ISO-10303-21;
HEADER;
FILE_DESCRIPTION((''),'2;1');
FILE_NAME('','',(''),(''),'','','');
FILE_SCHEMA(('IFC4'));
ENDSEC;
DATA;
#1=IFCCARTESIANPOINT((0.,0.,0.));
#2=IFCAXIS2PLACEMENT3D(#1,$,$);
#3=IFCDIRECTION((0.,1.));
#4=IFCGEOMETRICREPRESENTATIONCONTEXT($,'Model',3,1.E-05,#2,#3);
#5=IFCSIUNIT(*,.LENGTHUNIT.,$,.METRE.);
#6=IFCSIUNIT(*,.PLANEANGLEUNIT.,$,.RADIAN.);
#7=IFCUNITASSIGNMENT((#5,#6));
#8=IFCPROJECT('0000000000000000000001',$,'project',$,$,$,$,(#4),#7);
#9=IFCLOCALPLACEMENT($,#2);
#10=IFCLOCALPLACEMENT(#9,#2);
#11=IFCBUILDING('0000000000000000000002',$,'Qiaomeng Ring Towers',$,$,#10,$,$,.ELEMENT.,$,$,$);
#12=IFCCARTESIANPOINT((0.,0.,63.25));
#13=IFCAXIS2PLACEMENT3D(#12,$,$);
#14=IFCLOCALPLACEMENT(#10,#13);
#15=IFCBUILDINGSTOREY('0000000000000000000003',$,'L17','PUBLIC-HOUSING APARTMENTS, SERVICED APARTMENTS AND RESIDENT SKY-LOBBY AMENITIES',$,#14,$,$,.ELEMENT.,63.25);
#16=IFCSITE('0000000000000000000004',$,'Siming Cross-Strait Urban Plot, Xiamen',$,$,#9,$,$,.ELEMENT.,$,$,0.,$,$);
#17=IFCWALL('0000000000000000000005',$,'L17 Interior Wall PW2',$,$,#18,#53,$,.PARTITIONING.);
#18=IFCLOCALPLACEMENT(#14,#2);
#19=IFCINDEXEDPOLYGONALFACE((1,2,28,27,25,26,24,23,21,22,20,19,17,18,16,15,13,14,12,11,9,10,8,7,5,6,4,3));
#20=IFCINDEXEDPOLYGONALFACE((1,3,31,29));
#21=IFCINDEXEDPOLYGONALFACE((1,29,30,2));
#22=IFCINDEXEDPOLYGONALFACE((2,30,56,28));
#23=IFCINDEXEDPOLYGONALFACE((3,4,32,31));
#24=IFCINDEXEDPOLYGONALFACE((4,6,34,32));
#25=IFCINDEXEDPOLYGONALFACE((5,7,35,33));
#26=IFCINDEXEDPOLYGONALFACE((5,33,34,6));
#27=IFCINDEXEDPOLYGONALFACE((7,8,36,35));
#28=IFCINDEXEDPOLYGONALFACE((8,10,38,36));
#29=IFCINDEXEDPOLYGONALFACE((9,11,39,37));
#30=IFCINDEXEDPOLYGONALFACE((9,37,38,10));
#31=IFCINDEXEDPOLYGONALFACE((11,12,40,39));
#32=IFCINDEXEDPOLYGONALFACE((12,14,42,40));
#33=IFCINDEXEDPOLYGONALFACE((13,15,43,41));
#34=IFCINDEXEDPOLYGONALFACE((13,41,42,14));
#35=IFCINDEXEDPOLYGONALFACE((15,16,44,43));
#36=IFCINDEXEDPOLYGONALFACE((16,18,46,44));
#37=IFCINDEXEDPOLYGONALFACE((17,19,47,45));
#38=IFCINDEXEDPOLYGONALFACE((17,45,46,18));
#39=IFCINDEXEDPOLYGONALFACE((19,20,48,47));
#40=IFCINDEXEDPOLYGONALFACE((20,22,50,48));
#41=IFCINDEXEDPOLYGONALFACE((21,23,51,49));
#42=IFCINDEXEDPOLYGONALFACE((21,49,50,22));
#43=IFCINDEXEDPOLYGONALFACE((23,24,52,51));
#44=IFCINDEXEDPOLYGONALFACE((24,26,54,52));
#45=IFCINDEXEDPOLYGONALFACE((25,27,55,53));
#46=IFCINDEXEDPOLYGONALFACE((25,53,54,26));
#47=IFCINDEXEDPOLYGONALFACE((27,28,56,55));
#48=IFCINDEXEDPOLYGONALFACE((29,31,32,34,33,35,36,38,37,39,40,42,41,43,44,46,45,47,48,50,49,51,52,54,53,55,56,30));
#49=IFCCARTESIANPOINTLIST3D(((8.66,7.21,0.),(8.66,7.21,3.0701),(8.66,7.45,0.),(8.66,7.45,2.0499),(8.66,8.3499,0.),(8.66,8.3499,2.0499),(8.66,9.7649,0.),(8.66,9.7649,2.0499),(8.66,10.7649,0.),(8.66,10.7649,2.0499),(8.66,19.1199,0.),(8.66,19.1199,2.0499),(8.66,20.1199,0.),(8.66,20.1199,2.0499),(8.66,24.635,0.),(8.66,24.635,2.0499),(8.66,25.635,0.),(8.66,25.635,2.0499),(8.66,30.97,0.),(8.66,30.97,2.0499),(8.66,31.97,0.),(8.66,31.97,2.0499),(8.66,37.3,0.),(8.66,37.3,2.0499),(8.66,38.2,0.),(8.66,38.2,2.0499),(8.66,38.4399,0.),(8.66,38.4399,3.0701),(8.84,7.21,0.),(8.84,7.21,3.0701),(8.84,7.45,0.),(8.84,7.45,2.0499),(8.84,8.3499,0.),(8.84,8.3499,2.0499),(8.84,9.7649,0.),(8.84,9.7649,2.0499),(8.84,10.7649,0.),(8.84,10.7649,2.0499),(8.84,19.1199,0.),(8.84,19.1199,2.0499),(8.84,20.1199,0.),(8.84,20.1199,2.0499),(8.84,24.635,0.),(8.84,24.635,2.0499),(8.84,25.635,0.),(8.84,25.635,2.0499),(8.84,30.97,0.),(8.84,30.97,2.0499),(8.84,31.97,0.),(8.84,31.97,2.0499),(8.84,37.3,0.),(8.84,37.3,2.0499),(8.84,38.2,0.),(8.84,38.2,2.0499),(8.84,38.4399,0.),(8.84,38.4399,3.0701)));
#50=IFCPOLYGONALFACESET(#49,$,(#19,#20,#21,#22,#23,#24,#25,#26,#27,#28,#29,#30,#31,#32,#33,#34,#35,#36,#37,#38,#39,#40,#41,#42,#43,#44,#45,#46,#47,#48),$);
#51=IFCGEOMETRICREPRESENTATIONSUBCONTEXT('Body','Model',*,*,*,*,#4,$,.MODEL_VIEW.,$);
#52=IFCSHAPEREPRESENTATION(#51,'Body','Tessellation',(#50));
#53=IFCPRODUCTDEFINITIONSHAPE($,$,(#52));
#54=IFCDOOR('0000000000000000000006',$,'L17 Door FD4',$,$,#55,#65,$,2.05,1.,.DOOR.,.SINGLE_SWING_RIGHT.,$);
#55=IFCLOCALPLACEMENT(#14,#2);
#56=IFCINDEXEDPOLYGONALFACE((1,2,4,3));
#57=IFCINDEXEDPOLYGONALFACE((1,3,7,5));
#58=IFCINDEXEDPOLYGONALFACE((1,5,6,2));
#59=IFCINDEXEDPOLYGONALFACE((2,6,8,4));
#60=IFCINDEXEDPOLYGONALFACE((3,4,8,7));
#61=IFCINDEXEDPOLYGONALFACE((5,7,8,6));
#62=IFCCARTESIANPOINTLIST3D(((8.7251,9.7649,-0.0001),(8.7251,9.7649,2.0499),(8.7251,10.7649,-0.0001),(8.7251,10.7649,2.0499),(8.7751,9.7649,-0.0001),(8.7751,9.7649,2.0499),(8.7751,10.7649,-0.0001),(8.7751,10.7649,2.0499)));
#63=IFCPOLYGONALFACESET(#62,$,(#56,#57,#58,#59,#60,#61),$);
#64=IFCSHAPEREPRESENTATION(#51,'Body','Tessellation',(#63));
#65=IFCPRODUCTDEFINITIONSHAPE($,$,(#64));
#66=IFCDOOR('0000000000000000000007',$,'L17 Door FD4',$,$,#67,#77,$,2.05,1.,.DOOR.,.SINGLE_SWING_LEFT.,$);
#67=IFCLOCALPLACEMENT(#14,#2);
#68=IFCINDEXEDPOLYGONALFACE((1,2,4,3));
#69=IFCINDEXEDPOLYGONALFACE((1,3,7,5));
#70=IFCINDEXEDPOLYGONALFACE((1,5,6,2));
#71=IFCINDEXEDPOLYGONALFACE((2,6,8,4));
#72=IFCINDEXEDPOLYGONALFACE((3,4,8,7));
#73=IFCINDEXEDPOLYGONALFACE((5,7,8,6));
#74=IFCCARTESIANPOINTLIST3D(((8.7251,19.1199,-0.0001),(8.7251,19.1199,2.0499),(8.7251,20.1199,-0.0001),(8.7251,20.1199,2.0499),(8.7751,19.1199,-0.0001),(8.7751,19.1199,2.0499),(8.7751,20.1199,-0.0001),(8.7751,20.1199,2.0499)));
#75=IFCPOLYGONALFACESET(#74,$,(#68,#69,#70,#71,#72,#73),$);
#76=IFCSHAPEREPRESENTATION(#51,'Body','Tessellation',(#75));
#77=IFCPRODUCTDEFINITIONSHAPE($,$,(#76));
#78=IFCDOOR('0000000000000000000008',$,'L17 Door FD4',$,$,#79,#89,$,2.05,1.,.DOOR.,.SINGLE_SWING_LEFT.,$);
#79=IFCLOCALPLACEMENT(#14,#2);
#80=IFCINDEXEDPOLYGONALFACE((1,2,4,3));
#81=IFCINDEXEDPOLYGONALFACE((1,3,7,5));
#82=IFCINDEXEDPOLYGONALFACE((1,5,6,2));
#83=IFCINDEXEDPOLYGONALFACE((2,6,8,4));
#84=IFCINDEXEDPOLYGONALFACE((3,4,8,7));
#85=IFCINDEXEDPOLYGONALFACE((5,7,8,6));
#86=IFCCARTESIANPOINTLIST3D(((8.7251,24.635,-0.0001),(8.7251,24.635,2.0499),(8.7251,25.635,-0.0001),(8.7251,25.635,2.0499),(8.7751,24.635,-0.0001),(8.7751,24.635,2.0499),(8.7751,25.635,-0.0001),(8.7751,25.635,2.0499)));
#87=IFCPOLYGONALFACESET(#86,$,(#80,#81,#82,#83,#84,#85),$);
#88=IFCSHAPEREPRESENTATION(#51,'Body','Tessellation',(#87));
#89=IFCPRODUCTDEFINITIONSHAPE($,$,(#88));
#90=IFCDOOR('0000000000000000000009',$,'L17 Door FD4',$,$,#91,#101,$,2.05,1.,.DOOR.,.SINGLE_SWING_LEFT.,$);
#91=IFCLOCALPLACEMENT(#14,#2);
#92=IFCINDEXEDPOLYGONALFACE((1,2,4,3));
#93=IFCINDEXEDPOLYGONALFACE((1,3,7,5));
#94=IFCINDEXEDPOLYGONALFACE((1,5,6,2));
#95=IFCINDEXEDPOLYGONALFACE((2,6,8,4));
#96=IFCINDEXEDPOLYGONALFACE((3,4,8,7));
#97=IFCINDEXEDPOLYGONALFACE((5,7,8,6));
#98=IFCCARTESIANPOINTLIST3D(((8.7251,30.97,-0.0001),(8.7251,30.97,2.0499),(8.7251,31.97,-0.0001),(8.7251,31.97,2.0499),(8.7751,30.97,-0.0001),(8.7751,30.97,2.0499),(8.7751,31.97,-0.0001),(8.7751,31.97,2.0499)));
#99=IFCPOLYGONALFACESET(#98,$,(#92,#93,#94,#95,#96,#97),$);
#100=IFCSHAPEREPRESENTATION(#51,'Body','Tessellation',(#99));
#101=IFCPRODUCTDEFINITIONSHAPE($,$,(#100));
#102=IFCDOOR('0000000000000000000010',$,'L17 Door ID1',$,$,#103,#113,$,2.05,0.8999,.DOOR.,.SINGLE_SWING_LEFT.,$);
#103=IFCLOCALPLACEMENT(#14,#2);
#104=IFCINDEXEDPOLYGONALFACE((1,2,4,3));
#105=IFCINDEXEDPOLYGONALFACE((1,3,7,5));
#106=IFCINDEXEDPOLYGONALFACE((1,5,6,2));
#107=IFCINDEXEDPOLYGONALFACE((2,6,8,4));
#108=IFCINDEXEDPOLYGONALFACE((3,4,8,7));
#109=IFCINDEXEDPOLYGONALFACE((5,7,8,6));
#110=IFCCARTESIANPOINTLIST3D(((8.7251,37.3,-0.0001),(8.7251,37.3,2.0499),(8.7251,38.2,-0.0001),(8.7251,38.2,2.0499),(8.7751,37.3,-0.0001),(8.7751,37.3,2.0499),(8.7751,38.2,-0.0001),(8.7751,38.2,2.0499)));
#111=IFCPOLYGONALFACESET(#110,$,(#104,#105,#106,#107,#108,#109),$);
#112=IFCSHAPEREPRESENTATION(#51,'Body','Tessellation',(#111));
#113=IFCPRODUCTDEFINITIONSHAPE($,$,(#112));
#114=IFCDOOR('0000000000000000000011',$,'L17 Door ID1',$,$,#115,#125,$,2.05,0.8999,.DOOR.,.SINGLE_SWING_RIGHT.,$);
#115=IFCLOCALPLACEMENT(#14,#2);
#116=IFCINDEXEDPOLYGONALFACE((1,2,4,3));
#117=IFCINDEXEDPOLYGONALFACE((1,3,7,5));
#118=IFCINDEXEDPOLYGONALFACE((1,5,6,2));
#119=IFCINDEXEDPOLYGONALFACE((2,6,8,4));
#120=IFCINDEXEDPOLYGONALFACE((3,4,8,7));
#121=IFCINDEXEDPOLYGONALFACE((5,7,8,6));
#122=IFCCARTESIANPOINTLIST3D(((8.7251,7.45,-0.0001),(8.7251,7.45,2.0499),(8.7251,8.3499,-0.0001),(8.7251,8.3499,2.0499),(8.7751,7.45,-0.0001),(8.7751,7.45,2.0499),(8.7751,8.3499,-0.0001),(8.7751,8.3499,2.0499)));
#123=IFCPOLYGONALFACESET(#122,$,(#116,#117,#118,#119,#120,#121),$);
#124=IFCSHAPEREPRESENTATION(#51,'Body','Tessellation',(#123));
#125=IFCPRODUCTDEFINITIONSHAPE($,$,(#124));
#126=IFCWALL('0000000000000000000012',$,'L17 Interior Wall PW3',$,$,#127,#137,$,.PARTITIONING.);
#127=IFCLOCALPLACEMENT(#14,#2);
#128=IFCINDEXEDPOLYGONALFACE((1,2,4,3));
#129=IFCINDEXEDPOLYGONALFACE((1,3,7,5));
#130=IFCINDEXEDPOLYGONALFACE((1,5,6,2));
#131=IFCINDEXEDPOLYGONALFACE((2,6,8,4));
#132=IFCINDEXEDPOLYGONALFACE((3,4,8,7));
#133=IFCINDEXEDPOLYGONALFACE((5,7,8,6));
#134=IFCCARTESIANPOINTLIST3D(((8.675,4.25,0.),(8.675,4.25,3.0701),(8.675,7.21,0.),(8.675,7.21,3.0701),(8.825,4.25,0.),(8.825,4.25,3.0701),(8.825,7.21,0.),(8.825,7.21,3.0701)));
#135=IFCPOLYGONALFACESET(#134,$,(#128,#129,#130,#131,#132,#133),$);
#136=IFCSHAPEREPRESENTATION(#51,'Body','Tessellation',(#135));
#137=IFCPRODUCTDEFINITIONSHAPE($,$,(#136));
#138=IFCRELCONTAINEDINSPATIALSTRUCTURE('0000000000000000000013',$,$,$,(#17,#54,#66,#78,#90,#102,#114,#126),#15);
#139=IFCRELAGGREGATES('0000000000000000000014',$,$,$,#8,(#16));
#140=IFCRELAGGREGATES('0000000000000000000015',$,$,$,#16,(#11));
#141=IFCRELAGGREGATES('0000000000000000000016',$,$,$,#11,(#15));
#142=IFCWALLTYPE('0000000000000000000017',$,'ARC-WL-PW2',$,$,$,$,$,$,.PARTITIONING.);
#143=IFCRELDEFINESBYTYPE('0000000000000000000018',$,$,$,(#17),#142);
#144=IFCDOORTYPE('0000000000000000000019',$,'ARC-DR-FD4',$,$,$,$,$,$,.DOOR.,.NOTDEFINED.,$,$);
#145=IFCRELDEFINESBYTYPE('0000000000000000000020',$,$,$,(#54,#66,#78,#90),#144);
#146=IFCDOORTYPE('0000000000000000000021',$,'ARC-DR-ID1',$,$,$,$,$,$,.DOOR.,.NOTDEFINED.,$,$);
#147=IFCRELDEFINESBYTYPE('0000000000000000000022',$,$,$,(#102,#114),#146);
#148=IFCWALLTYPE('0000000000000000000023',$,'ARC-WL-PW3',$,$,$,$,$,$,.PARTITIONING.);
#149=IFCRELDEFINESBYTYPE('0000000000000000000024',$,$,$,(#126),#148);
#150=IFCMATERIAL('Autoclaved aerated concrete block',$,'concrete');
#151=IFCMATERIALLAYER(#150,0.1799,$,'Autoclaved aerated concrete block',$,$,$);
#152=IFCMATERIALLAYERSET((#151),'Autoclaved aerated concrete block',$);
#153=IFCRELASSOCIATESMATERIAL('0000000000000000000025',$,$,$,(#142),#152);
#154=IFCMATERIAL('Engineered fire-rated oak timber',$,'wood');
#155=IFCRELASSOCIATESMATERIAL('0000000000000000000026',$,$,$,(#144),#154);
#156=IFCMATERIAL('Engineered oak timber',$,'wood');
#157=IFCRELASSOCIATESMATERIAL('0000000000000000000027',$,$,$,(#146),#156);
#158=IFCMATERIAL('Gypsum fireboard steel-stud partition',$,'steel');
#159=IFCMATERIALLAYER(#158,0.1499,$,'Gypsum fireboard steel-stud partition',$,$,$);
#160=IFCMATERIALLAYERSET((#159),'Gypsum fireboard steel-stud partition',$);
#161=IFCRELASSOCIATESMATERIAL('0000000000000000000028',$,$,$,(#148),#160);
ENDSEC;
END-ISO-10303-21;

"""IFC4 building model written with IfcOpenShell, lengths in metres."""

from ifc_helpers import new_model, si_unit, direction, frame, frame_2d, origin, place, context, subcontext, project, spatial, rectangle, extrude, source, transform, mapped, material, layer, layer_set, type_object, element, fill, save


model = new_model("IFC4")

# Units and contexts
model_context = context("Model", 3, precision=1e-05, world=origin(), true_north=direction((0.0, 1.0)))
body_context = subcontext(model_context, "Body", "Model", "MODEL_VIEW")
ifc_project = project(units=[si_unit("LENGTHUNIT", "METRE"), si_unit("PLANEANGLEUNIT", "RADIAN")], contexts=[model_context])

# Site, building, storey
site_placement = place(None, origin())
site = spatial("IfcSite", under=ifc_project, at=site_placement, Name="Siming Cross-Strait Urban Plot, Xiamen", CompositionType="ELEMENT", RefElevation=0.0)
building_placement = place(site_placement, origin())
building = spatial("IfcBuilding", under=site, at=building_placement, Name="Qiaomeng Ring Towers", CompositionType="ELEMENT")
storey_placement = place(building_placement, frame((0.0, 0.0, 63.25)))
storey = spatial("IfcBuildingStorey", under=building, at=storey_placement, Name="L17", Description="PUBLIC-HOUSING APARTMENTS, SERVICED APARTMENTS AND RESIDENT SKY-LOBBY AMENITIES", CompositionType="ELEMENT", Elevation=63.25)

# Wall, openings, doors
ifc_material_1 = material(Name="Autoclaved aerated concrete block", Category="concrete")
ifc_layer_1 = layer(ifc_material_1, 0.1799, Name="Autoclaved aerated concrete block")
ifc_layer_set_1 = layer_set([ifc_layer_1], Name="Autoclaved aerated concrete block")
wall_type_1 = type_object("IfcWallType", Name="ARC-WL-PW2", PredefinedType="PARTITIONING", material=ifc_layer_set_1)
ifc_material_2 = material(Name="Engineered fire-rated oak timber", Category="wood")
door_type_1 = type_object("IfcDoorType", Name="ARC-DR-FD4", OperationType="NOTDEFINED", PredefinedType="DOOR", material=ifc_material_2)
shared_shape_1 = source(origin(), body_context, "Body", "SweptSolid", [
    extrude(rectangle(XDim=1.0, YDim=2.05, at=frame_2d((0.5, 1.0249))), frame((0.0, 0.0249, 0.0), z_axis=(0.0, -1.0, 0.0), x_axis=(1.0, 0.0, 0.0)), (0.0, 0.0, 1.0), 0.05),
])
wall_1_placement = place(storey_placement, frame((8.75, 7.21, 0.0), z_axis=(0.0, 0.0, 1.0), x_axis=(0.0, 1.0, 0.0)))
wall_1 = element("IfcWall", 1, at=wall_1_placement, inside=storey, type_object=wall_type_1, Name="L17 Interior Wall PW2", PredefinedType="PARTITIONING", context=body_context, shape_type="SweptSolid", body=[
    extrude(rectangle(XDim=31.23, YDim=0.1799, at=frame_2d((15.615, 0.0))), origin(), (0.0, 0.0, 1.0), 3.0701),
])
opening_1_placement = place(wall_1_placement, frame((30.0901, 0.0, 0.0)))
opening_1 = element("IfcOpeningElement", 2, at=opening_1_placement, cuts=wall_1, PredefinedType="OPENING", context=body_context, shape_type="SweptSolid", body=[
    extrude(rectangle(XDim=0.8999, YDim=2.05, at=frame_2d((0.45, 1.0249))), frame((0.0, 0.0999, 0.0), z_axis=(0.0, -1.0, 0.0), x_axis=(1.0, 0.0, 0.0)), (0.0, 0.0, 1.0), 0.2),
])
opening_2_placement = place(wall_1_placement, frame((0.24, 0.0, 0.0)))
opening_2 = element("IfcOpeningElement", 3, at=opening_2_placement, cuts=wall_1, PredefinedType="OPENING", context=body_context, shape_type="SweptSolid", body=[
    extrude(rectangle(XDim=0.8999, YDim=2.05, at=frame_2d((0.45, 1.0249))), frame((0.0, 0.0999, 0.0), z_axis=(0.0, -1.0, 0.0), x_axis=(1.0, 0.0, 0.0)), (0.0, 0.0, 1.0), 0.2),
])
opening_3_placement = place(wall_1_placement, frame((2.5549, 0.0, 0.0)))
opening_3 = element("IfcOpeningElement", 4, at=opening_3_placement, cuts=wall_1, PredefinedType="OPENING", context=body_context, shape_type="SweptSolid", body=[
    extrude(rectangle(XDim=1.0, YDim=2.05, at=frame_2d((0.5, 1.0249))), frame((0.0, 0.0999, 0.0), z_axis=(0.0, -1.0, 0.0), x_axis=(1.0, 0.0, 0.0)), (0.0, 0.0, 1.0), 0.2),
])
opening_4_placement = place(wall_1_placement, frame((11.9099, 0.0, 0.0)))
opening_4 = element("IfcOpeningElement", 5, at=opening_4_placement, cuts=wall_1, PredefinedType="OPENING", context=body_context, shape_type="SweptSolid", body=[
    extrude(rectangle(XDim=1.0, YDim=2.05, at=frame_2d((0.5, 1.0249))), frame((0.0, 0.0999, 0.0), z_axis=(0.0, -1.0, 0.0), x_axis=(1.0, 0.0, 0.0)), (0.0, 0.0, 1.0), 0.2),
])
opening_5_placement = place(wall_1_placement, frame((17.425, 0.0, 0.0)))
opening_5 = element("IfcOpeningElement", 6, at=opening_5_placement, cuts=wall_1, PredefinedType="OPENING", context=body_context, shape_type="SweptSolid", body=[
    extrude(rectangle(XDim=1.0, YDim=2.05, at=frame_2d((0.5, 1.0249))), frame((0.0, 0.0999, 0.0), z_axis=(0.0, -1.0, 0.0), x_axis=(1.0, 0.0, 0.0)), (0.0, 0.0, 1.0), 0.2),
])
opening_6_placement = place(wall_1_placement, frame((23.76, 0.0, 0.0)))
opening_6 = element("IfcOpeningElement", 7, at=opening_6_placement, cuts=wall_1, PredefinedType="OPENING", context=body_context, shape_type="SweptSolid", body=[
    extrude(rectangle(XDim=1.0, YDim=2.05, at=frame_2d((0.5, 1.0249))), frame((0.0, 0.0999, 0.0), z_axis=(0.0, -1.0, 0.0), x_axis=(1.0, 0.0, 0.0)), (0.0, 0.0, 1.0), 0.2),
])
door_1_placement = place(opening_3_placement, origin())
door_1 = element("IfcDoor", 8, at=door_1_placement, inside=storey, type_object=door_type_1, Name="L17 Door FD4", OperationType="SINGLE_SWING_RIGHT", OverallHeight=2.05, OverallWidth=1.0, PredefinedType="DOOR", context=body_context, shape_type="MappedRepresentation", body=[
    mapped(shared_shape_1, transform((0.0, 0.0, 0.0), x_axis=(1.0, 0.0, 0.0), y_axis=(0.0, 1.0, 0.0), z_axis=(0.0, 0.0, 1.0), scale=1.0)),
])
fill(opening_3, door_1)
door_2_placement = place(opening_4_placement, origin())
door_2 = element("IfcDoor", 9, at=door_2_placement, inside=storey, type_object=door_type_1, Name="L17 Door FD4", OperationType="SINGLE_SWING_LEFT", OverallHeight=2.05, OverallWidth=1.0, PredefinedType="DOOR", context=body_context, shape_type="MappedRepresentation", body=[
    mapped(shared_shape_1, transform((0.0, 0.0, 0.0), x_axis=(1.0, 0.0, 0.0), y_axis=(0.0, 1.0, 0.0), z_axis=(0.0, 0.0, 1.0), scale=1.0)),
])
fill(opening_4, door_2)
door_3_placement = place(opening_5_placement, origin())
door_3 = element("IfcDoor", 10, at=door_3_placement, inside=storey, type_object=door_type_1, Name="L17 Door FD4", OperationType="SINGLE_SWING_LEFT", OverallHeight=2.05, OverallWidth=1.0, PredefinedType="DOOR", context=body_context, shape_type="MappedRepresentation", body=[
    mapped(shared_shape_1, transform((0.0, 0.0, 0.0), x_axis=(1.0, 0.0, 0.0), y_axis=(0.0, 1.0, 0.0), z_axis=(0.0, 0.0, 1.0), scale=1.0)),
])
fill(opening_5, door_3)
door_4_placement = place(opening_6_placement, origin())
door_4 = element("IfcDoor", 11, at=door_4_placement, inside=storey, type_object=door_type_1, Name="L17 Door FD4", OperationType="SINGLE_SWING_LEFT", OverallHeight=2.05, OverallWidth=1.0, PredefinedType="DOOR", context=body_context, shape_type="MappedRepresentation", body=[
    mapped(shared_shape_1, transform((0.0, 0.0, 0.0), x_axis=(1.0, 0.0, 0.0), y_axis=(0.0, 1.0, 0.0), z_axis=(0.0, 0.0, 1.0), scale=1.0)),
])
fill(opening_6, door_4)
ifc_material_3 = material(Name="Engineered oak timber", Category="wood")
door_type_2 = type_object("IfcDoorType", Name="ARC-DR-ID1", OperationType="NOTDEFINED", PredefinedType="DOOR", material=ifc_material_3)
shared_shape_2 = source(origin(), body_context, "Body", "SweptSolid", [
    extrude(rectangle(XDim=0.8999, YDim=2.05, at=frame_2d((0.45, 1.0249))), frame((0.0, 0.0249, 0.0), z_axis=(0.0, -1.0, 0.0), x_axis=(1.0, 0.0, 0.0)), (0.0, 0.0, 1.0), 0.05),
])
door_5_placement = place(opening_1_placement, origin())
door_5 = element("IfcDoor", 12, at=door_5_placement, inside=storey, type_object=door_type_2, Name="L17 Door ID1", OperationType="SINGLE_SWING_LEFT", OverallHeight=2.05, OverallWidth=0.8999, PredefinedType="DOOR", context=body_context, shape_type="MappedRepresentation", body=[
    mapped(shared_shape_2, transform((0.0, 0.0, 0.0), x_axis=(1.0, 0.0, 0.0), y_axis=(0.0, 1.0, 0.0), z_axis=(0.0, 0.0, 1.0), scale=1.0)),
])
fill(opening_1, door_5)
door_6_placement = place(opening_2_placement, origin())
door_6 = element("IfcDoor", 13, at=door_6_placement, inside=storey, type_object=door_type_2, Name="L17 Door ID1", OperationType="SINGLE_SWING_RIGHT", OverallHeight=2.05, OverallWidth=0.8999, PredefinedType="DOOR", context=body_context, shape_type="MappedRepresentation", body=[
    mapped(shared_shape_2, transform((0.0, 0.0, 0.0), x_axis=(1.0, 0.0, 0.0), y_axis=(0.0, 1.0, 0.0), z_axis=(0.0, 0.0, 1.0), scale=1.0)),
])
fill(opening_2, door_6)

# Wall
ifc_material_4 = material(Name="Gypsum fireboard steel-stud partition", Category="steel")
ifc_layer_2 = layer(ifc_material_4, 0.1499, Name="Gypsum fireboard steel-stud partition")
ifc_layer_set_2 = layer_set([ifc_layer_2], Name="Gypsum fireboard steel-stud partition")
wall_type_2 = type_object("IfcWallType", Name="ARC-WL-PW3", PredefinedType="PARTITIONING", material=ifc_layer_set_2)
wall_2_placement = place(storey_placement, frame((8.75, 4.25, 0.0), z_axis=(0.0, 0.0, 1.0), x_axis=(0.0, 1.0, 0.0)))
element("IfcWall", 14, at=wall_2_placement, inside=storey, type_object=wall_type_2, Name="L17 Interior Wall PW3", PredefinedType="PARTITIONING", context=body_context, shape_type="SweptSolid", body=[
    extrude(rectangle(XDim=2.96, YDim=0.1499, at=frame_2d((1.48, 0.0))), origin(), (0.0, 0.0, 1.0), 3.0701),
])

save(model, "model.ifc")
